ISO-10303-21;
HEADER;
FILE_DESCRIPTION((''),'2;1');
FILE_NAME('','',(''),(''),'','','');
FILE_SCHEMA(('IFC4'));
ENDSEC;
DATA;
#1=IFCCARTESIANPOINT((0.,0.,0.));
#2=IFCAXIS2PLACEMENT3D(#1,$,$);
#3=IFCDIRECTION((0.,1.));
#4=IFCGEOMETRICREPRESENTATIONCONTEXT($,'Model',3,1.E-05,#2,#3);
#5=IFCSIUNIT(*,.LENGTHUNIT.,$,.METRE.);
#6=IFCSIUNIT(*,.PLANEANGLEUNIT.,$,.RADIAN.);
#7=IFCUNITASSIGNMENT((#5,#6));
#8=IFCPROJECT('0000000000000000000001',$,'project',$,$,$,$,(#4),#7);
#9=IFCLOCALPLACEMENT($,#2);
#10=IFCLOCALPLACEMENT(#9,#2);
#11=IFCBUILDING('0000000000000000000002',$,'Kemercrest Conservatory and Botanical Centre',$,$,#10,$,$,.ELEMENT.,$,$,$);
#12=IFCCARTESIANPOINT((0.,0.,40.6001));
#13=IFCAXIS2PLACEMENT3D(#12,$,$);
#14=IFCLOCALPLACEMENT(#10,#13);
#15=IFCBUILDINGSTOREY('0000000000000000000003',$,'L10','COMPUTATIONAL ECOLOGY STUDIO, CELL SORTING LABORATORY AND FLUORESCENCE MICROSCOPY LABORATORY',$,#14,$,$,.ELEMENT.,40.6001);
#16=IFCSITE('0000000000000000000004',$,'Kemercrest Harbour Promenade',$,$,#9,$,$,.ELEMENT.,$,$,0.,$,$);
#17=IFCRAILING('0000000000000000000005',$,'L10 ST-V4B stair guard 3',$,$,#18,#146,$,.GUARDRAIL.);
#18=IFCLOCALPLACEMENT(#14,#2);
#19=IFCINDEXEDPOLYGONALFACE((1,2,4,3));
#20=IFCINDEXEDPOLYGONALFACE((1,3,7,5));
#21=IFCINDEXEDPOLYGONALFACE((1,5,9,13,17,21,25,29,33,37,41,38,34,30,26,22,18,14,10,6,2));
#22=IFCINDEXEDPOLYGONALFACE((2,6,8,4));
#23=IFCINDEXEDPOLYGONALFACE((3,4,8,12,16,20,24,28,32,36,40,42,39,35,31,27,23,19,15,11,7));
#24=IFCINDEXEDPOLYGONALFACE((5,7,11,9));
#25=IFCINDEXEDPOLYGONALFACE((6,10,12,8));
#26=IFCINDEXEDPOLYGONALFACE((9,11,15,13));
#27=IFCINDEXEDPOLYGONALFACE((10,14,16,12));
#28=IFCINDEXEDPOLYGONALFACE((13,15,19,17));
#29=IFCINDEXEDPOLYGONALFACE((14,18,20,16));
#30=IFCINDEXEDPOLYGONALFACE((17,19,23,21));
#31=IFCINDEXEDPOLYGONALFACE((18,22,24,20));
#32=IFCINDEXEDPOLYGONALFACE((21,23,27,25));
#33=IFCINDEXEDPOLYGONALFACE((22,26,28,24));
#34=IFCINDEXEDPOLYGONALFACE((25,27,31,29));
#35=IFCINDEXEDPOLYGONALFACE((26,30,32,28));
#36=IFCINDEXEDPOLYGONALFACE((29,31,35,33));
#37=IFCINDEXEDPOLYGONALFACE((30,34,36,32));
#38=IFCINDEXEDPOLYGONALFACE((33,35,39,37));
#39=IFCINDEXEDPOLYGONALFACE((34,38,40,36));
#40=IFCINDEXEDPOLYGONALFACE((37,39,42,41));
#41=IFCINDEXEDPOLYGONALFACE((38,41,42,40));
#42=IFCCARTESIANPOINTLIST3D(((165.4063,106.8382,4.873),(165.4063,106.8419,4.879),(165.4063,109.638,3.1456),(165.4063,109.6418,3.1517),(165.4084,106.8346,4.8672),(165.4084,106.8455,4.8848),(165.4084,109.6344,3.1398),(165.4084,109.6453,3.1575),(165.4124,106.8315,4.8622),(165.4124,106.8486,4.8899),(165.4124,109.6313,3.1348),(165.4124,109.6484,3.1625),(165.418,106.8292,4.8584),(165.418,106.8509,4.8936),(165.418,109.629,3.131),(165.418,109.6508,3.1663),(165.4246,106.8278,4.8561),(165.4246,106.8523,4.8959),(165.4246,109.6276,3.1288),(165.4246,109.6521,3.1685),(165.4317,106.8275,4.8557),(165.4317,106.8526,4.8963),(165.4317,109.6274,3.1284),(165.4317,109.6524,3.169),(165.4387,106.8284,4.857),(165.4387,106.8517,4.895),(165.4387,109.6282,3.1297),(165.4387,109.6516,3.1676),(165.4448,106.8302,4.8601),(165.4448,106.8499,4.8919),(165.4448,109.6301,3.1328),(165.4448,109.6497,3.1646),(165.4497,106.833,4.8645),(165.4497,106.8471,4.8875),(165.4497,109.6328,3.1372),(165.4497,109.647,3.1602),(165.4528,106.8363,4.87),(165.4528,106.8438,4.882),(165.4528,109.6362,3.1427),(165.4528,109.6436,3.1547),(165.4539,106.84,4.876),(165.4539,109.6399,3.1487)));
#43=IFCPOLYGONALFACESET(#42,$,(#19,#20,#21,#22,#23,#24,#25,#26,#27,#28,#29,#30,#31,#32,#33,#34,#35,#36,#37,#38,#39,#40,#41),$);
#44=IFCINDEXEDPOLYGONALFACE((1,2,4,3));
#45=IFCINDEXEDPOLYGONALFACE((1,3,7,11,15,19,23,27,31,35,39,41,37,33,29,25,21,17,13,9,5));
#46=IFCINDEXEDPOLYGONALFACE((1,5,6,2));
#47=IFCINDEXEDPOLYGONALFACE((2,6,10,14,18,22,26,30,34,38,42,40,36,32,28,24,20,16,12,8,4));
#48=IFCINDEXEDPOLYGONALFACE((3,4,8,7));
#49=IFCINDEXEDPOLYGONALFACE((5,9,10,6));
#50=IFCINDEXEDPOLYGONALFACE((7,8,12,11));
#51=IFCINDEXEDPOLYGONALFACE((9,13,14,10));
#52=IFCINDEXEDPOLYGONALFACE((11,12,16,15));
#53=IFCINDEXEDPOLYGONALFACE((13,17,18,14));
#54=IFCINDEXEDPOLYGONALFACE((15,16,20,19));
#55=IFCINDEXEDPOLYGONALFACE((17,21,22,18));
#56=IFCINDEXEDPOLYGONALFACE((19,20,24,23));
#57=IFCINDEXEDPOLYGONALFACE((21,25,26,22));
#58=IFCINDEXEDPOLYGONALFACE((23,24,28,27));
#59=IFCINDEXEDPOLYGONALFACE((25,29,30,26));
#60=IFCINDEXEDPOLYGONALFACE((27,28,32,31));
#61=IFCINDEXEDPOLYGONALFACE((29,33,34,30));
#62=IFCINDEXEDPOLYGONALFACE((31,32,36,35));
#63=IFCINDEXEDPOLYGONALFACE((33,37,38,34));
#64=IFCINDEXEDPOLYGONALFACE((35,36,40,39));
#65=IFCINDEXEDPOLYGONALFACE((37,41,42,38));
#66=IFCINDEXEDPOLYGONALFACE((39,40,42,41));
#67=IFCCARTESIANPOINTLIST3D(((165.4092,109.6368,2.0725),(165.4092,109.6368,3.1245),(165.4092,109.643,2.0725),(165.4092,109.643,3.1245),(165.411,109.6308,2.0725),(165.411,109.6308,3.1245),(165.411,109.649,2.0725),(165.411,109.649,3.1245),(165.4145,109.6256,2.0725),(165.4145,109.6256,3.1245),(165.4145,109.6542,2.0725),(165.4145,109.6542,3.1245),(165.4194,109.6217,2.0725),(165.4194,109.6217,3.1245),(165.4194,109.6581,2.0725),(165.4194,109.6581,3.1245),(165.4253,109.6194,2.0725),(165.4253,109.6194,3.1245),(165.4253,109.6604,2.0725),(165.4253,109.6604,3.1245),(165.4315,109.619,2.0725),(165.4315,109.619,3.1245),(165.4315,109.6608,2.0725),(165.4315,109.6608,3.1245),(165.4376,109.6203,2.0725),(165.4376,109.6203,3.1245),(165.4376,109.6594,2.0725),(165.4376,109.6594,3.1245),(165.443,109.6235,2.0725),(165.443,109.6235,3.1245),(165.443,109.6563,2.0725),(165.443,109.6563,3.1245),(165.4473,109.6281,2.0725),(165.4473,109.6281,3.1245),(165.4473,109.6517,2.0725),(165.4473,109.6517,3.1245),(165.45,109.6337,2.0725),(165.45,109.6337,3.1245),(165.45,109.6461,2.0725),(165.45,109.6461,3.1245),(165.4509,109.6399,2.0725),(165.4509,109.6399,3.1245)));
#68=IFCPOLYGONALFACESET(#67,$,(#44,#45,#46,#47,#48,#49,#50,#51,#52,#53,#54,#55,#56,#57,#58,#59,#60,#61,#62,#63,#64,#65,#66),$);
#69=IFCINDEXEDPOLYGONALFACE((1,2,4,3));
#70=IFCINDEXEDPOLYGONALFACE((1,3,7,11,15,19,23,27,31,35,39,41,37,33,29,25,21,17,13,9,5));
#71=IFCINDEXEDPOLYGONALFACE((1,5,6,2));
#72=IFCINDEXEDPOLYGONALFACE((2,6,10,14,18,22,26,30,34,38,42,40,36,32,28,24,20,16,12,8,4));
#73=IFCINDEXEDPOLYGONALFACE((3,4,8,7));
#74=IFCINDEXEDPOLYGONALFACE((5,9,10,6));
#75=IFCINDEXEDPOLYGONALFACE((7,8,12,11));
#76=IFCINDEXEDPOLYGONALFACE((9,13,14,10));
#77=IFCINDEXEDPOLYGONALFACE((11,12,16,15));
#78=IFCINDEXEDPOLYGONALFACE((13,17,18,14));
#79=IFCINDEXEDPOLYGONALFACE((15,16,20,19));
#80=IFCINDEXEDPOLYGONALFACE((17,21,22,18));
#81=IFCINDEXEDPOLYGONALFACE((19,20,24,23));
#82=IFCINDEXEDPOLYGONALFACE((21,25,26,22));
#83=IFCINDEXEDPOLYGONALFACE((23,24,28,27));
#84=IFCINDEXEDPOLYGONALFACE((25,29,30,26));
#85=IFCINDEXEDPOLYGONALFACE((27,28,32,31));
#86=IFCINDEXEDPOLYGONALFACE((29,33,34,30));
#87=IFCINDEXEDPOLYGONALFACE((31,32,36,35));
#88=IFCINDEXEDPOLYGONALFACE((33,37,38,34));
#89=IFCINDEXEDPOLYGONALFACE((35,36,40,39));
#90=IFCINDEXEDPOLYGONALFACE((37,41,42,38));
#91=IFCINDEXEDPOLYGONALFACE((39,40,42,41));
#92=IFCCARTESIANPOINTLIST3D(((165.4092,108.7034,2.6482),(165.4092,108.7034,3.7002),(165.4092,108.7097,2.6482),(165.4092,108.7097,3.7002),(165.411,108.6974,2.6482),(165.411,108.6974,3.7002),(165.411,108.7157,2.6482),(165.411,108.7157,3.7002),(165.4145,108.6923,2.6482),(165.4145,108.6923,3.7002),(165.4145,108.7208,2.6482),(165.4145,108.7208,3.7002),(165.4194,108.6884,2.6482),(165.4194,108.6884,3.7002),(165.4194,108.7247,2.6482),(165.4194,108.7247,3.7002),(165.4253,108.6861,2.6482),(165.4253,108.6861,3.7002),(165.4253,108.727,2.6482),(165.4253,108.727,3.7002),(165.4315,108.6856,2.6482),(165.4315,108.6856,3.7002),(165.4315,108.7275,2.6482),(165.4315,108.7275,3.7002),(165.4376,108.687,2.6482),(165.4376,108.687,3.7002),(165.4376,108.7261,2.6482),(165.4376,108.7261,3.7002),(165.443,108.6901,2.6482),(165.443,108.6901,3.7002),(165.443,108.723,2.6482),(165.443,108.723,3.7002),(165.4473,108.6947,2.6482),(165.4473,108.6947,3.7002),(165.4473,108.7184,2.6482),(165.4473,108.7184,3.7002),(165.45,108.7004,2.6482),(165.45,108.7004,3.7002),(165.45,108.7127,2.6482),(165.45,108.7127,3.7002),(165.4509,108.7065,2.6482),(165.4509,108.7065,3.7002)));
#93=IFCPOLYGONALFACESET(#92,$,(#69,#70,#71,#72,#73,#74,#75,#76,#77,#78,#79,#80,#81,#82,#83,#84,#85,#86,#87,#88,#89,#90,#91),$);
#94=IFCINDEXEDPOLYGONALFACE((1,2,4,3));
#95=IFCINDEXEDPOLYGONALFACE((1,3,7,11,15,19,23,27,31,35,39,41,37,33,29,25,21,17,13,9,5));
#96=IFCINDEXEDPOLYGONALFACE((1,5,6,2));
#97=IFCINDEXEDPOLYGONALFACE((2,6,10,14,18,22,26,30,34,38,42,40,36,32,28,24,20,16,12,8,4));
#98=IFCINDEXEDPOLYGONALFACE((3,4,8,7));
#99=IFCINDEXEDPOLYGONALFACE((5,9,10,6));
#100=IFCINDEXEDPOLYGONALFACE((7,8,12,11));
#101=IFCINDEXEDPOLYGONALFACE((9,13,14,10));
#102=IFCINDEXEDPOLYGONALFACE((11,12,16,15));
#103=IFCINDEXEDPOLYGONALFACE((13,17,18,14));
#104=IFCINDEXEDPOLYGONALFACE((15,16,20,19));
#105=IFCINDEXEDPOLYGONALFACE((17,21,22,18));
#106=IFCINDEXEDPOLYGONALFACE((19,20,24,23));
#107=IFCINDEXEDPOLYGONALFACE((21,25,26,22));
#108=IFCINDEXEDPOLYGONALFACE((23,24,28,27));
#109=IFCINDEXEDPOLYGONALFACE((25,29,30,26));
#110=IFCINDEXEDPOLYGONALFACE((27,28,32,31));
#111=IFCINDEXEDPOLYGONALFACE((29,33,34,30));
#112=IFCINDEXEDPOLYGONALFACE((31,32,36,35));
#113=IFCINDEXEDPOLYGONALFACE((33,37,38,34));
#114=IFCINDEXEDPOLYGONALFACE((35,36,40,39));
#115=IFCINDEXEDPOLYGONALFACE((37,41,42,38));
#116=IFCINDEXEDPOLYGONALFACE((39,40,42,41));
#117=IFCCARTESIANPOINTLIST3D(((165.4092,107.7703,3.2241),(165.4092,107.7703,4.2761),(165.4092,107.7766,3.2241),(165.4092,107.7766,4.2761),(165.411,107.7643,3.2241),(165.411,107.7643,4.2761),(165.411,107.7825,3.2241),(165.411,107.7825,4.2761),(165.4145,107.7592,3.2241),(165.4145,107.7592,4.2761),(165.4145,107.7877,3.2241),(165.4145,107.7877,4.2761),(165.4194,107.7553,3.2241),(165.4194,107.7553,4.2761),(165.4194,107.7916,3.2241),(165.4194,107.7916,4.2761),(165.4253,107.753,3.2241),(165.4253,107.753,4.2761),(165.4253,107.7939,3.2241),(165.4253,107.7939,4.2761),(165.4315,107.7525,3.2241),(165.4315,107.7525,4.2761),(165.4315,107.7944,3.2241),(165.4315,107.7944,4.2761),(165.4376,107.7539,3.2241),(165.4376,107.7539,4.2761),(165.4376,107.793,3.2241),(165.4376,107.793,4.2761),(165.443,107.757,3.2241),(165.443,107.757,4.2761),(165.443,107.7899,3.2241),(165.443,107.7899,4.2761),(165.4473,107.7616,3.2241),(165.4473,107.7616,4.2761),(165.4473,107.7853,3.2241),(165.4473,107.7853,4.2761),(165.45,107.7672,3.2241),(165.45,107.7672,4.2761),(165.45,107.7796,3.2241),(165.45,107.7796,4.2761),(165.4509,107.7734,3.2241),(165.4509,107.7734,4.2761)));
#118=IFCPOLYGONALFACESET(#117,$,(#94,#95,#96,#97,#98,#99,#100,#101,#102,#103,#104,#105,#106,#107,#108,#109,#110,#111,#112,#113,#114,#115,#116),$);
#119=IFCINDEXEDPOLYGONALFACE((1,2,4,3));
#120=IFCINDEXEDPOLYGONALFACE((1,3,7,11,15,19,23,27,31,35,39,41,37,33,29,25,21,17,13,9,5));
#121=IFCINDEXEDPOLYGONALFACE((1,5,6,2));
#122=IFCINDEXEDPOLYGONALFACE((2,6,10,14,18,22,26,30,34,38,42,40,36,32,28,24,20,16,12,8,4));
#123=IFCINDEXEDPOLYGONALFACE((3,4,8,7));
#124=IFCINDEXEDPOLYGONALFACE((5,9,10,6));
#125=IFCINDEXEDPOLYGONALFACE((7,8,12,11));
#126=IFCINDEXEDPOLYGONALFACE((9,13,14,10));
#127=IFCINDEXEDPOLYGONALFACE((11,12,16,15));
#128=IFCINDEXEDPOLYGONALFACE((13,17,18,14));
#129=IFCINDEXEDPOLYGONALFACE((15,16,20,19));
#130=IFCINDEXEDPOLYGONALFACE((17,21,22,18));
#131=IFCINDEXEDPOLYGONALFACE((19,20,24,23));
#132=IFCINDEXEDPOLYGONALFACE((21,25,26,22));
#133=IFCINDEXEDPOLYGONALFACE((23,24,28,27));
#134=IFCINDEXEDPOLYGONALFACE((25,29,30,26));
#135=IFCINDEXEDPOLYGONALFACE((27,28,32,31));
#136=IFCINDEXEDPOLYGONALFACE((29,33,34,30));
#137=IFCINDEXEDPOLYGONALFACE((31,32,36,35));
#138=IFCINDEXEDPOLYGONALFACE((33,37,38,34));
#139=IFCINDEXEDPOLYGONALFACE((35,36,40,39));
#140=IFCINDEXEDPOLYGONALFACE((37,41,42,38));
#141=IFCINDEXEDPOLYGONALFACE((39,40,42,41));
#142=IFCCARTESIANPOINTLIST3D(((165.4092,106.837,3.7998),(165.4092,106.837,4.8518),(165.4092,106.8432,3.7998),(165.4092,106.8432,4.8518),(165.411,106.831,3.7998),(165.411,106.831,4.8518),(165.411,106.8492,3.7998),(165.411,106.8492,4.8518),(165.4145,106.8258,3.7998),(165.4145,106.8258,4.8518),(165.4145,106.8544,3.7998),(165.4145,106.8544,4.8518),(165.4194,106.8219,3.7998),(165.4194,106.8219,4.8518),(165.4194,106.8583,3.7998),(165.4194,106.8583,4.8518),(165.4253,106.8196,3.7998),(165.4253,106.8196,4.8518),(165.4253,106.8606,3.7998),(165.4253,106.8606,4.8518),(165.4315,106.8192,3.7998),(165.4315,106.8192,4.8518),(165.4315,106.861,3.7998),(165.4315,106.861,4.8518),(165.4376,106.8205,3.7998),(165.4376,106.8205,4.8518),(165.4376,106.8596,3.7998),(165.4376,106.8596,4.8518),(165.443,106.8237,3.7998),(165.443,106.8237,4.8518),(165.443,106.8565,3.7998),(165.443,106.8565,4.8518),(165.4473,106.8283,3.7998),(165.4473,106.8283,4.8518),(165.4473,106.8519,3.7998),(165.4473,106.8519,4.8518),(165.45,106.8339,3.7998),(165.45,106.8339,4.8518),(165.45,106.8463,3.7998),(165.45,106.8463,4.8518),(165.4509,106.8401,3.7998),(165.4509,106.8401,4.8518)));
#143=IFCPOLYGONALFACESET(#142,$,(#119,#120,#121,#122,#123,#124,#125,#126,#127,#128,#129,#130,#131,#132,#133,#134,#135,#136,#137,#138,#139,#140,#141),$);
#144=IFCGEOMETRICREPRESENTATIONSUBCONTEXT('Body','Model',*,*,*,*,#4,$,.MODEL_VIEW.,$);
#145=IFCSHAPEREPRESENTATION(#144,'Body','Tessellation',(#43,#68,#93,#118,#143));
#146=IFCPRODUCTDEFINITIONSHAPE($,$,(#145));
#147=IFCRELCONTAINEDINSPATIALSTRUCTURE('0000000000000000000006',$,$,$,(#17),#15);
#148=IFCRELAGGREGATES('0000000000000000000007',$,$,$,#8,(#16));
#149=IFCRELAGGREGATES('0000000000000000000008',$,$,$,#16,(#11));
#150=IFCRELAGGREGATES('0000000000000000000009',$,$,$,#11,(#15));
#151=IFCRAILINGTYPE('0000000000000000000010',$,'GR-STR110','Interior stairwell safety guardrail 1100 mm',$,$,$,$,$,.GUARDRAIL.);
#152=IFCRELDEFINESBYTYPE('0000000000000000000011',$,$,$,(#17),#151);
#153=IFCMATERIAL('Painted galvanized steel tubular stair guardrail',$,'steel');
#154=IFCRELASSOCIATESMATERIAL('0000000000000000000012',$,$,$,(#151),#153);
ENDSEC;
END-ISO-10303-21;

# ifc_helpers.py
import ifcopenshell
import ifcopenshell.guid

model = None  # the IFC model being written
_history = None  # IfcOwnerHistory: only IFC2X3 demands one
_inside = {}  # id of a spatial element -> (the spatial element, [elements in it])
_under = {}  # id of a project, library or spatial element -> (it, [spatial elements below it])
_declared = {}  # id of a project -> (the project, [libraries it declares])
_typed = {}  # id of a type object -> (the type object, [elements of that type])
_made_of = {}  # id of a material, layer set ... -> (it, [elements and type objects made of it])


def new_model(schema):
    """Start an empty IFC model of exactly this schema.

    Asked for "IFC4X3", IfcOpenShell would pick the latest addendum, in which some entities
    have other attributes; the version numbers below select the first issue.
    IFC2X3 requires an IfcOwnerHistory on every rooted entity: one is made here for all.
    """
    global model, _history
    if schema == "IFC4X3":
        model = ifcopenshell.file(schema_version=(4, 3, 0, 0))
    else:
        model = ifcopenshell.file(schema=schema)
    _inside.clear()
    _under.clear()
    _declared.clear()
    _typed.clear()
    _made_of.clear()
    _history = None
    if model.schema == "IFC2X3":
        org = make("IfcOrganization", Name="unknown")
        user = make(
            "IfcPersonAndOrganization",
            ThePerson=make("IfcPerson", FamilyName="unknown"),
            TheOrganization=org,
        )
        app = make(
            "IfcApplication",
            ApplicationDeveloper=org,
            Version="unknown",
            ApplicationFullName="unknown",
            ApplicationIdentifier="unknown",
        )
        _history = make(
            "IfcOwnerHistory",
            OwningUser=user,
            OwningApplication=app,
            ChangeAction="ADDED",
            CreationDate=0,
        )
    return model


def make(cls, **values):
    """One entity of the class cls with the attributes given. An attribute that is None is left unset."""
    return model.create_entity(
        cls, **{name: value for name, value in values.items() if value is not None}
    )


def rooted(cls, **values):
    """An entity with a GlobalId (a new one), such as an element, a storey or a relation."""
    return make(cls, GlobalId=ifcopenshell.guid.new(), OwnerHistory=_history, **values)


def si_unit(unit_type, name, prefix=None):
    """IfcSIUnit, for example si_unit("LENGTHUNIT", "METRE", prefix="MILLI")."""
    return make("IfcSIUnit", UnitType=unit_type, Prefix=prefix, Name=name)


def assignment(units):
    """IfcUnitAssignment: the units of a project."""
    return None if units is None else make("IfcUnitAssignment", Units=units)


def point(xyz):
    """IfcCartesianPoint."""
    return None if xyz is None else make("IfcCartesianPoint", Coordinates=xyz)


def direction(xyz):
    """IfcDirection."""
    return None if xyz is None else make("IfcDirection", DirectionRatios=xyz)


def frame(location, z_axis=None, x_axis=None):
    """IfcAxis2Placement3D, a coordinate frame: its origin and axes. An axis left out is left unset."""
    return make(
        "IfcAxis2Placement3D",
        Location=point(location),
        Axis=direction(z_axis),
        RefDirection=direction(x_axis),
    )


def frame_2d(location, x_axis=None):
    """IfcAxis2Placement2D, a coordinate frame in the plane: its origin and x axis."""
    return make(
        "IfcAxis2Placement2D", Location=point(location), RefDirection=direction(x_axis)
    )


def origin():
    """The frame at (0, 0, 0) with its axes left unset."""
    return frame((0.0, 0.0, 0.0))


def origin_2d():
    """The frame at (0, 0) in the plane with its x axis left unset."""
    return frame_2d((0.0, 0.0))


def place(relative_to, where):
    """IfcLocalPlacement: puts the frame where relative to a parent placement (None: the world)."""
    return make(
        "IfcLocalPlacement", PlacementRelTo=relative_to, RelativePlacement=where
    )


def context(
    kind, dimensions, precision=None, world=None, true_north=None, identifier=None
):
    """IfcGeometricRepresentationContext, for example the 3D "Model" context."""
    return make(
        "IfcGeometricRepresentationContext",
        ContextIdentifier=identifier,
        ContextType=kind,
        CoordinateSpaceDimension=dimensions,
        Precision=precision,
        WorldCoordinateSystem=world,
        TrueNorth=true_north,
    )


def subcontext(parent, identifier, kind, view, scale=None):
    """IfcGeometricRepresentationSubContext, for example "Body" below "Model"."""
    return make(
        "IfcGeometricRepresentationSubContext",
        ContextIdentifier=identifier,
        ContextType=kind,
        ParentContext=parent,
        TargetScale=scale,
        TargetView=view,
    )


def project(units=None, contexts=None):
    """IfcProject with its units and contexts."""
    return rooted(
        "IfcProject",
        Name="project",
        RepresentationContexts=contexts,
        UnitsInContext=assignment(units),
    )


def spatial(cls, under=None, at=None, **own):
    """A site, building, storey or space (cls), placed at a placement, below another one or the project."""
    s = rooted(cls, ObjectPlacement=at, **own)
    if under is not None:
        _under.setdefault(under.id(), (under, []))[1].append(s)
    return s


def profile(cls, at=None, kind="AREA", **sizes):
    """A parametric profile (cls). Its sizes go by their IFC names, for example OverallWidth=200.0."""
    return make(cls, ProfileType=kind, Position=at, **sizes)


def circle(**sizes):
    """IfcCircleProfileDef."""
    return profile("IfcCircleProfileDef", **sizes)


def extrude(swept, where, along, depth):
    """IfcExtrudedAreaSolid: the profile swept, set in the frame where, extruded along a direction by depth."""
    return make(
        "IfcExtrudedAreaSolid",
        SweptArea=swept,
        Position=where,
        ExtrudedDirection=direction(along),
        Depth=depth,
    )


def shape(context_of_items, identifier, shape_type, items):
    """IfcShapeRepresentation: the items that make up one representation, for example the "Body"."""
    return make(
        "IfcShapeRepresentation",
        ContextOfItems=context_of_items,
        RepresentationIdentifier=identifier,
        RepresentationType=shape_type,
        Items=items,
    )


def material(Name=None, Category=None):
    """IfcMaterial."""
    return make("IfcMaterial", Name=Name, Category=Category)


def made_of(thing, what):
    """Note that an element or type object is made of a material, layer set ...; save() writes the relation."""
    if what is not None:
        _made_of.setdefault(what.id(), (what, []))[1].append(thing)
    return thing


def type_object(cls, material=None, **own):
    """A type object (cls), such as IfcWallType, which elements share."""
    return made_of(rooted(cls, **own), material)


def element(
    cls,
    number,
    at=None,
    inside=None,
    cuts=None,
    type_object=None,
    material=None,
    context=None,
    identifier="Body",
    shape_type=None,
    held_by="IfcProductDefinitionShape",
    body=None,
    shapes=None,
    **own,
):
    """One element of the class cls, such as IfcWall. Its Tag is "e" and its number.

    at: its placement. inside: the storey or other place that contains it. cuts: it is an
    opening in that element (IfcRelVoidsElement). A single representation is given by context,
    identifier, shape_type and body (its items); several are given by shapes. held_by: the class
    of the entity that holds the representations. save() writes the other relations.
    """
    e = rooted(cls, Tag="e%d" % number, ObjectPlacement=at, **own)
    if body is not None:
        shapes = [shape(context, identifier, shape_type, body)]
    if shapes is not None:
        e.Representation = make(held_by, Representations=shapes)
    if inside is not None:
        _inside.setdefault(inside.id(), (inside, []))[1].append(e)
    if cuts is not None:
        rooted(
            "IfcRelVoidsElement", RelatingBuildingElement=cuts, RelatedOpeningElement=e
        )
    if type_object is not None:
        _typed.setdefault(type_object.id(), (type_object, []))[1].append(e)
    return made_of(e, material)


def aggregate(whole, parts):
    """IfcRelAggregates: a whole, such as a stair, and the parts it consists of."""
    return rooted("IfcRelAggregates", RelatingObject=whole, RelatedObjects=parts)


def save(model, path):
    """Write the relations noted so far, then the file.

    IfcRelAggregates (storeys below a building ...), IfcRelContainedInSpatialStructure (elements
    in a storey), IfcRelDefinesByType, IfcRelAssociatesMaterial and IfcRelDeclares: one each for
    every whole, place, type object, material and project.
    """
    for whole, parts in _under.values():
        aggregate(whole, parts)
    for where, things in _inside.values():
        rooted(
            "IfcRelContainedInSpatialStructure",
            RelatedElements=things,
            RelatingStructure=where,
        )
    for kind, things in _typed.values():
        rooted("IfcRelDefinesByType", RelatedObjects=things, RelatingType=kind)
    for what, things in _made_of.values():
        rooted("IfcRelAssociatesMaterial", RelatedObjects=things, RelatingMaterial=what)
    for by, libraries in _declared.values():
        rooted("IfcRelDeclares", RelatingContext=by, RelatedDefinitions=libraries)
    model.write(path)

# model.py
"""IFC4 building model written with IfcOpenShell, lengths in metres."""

from ifc_helpers import new_model, si_unit, direction, frame, origin, origin_2d, place, context, subcontext, project, spatial, circle, extrude, material, type_object, element, save


model = new_model("IFC4")

# Units and contexts
model_context = context("Model", 3, precision=1e-05, world=origin(), true_north=direction((0.0, 1.0)))
body_context = subcontext(model_context, "Body", "Model", "MODEL_VIEW")
ifc_project = project(units=[si_unit("LENGTHUNIT", "METRE"), si_unit("PLANEANGLEUNIT", "RADIAN")], contexts=[model_context])

# Site, building, storey
site_placement = place(None, origin())
site = spatial("IfcSite", under=ifc_project, at=site_placement, Name="Kemercrest Harbour Promenade", CompositionType="ELEMENT", RefElevation=0.0)
building_placement = place(site_placement, origin())
building = spatial("IfcBuilding", under=site, at=building_placement, Name="Kemercrest Conservatory and Botanical Centre", CompositionType="ELEMENT")
storey_placement = place(building_placement, frame((0.0, 0.0, 40.6001)))
storey = spatial("IfcBuildingStorey", under=building, at=storey_placement, Name="L10", Description="COMPUTATIONAL ECOLOGY STUDIO, CELL SORTING LABORATORY AND FLUORESCENCE MICROSCOPY LABORATORY", CompositionType="ELEMENT", Elevation=40.6001)

# Railing
ifc_material_1 = material(Name="Painted galvanized steel tubular stair guardrail", Category="steel")
railing_type_1 = type_object("IfcRailingType", Name="GR-STR110", Description="Interior stairwell safety guardrail 1100 mm", PredefinedType="GUARDRAIL", material=ifc_material_1)
railing_1_placement = place(storey_placement, frame((165.4299, 109.6399, 2.0725)))
element("IfcRailing", 1, at=railing_1_placement, inside=storey, type_object=railing_type_1, Name="L10 ST-V4B stair guard 3", PredefinedType="GUARDRAIL", context=body_context, shape_type="SweptSolid", body=[
    extrude(circle(Radius=0.0239, at=origin_2d()), frame((0.0, 0.0, 1.0762), z_axis=(0.0, -0.851069, 0.525054), x_axis=(1.0, 0.0, 0.0)), (0.0, 0.0, 1.0), 3.2898),
    extrude(circle(Radius=0.021, at=origin_2d()), origin(), (0.0, 0.0, 1.0), 1.052),
    extrude(circle(Radius=0.021, at=origin_2d()), frame((0.0, -0.9333, 0.5757)), (0.0, 0.0, 1.0), 1.052),
    extrude(circle(Radius=0.021, at=origin_2d()), frame((0.0, -1.8665, 1.1516)), (0.0, 0.0, 1.0), 1.052),
    extrude(circle(Radius=0.021, at=origin_2d()), frame((0.0, -2.7998, 1.7273)), (0.0, 0.0, 1.0), 1.052),
])

save(model, "model.ifc")
